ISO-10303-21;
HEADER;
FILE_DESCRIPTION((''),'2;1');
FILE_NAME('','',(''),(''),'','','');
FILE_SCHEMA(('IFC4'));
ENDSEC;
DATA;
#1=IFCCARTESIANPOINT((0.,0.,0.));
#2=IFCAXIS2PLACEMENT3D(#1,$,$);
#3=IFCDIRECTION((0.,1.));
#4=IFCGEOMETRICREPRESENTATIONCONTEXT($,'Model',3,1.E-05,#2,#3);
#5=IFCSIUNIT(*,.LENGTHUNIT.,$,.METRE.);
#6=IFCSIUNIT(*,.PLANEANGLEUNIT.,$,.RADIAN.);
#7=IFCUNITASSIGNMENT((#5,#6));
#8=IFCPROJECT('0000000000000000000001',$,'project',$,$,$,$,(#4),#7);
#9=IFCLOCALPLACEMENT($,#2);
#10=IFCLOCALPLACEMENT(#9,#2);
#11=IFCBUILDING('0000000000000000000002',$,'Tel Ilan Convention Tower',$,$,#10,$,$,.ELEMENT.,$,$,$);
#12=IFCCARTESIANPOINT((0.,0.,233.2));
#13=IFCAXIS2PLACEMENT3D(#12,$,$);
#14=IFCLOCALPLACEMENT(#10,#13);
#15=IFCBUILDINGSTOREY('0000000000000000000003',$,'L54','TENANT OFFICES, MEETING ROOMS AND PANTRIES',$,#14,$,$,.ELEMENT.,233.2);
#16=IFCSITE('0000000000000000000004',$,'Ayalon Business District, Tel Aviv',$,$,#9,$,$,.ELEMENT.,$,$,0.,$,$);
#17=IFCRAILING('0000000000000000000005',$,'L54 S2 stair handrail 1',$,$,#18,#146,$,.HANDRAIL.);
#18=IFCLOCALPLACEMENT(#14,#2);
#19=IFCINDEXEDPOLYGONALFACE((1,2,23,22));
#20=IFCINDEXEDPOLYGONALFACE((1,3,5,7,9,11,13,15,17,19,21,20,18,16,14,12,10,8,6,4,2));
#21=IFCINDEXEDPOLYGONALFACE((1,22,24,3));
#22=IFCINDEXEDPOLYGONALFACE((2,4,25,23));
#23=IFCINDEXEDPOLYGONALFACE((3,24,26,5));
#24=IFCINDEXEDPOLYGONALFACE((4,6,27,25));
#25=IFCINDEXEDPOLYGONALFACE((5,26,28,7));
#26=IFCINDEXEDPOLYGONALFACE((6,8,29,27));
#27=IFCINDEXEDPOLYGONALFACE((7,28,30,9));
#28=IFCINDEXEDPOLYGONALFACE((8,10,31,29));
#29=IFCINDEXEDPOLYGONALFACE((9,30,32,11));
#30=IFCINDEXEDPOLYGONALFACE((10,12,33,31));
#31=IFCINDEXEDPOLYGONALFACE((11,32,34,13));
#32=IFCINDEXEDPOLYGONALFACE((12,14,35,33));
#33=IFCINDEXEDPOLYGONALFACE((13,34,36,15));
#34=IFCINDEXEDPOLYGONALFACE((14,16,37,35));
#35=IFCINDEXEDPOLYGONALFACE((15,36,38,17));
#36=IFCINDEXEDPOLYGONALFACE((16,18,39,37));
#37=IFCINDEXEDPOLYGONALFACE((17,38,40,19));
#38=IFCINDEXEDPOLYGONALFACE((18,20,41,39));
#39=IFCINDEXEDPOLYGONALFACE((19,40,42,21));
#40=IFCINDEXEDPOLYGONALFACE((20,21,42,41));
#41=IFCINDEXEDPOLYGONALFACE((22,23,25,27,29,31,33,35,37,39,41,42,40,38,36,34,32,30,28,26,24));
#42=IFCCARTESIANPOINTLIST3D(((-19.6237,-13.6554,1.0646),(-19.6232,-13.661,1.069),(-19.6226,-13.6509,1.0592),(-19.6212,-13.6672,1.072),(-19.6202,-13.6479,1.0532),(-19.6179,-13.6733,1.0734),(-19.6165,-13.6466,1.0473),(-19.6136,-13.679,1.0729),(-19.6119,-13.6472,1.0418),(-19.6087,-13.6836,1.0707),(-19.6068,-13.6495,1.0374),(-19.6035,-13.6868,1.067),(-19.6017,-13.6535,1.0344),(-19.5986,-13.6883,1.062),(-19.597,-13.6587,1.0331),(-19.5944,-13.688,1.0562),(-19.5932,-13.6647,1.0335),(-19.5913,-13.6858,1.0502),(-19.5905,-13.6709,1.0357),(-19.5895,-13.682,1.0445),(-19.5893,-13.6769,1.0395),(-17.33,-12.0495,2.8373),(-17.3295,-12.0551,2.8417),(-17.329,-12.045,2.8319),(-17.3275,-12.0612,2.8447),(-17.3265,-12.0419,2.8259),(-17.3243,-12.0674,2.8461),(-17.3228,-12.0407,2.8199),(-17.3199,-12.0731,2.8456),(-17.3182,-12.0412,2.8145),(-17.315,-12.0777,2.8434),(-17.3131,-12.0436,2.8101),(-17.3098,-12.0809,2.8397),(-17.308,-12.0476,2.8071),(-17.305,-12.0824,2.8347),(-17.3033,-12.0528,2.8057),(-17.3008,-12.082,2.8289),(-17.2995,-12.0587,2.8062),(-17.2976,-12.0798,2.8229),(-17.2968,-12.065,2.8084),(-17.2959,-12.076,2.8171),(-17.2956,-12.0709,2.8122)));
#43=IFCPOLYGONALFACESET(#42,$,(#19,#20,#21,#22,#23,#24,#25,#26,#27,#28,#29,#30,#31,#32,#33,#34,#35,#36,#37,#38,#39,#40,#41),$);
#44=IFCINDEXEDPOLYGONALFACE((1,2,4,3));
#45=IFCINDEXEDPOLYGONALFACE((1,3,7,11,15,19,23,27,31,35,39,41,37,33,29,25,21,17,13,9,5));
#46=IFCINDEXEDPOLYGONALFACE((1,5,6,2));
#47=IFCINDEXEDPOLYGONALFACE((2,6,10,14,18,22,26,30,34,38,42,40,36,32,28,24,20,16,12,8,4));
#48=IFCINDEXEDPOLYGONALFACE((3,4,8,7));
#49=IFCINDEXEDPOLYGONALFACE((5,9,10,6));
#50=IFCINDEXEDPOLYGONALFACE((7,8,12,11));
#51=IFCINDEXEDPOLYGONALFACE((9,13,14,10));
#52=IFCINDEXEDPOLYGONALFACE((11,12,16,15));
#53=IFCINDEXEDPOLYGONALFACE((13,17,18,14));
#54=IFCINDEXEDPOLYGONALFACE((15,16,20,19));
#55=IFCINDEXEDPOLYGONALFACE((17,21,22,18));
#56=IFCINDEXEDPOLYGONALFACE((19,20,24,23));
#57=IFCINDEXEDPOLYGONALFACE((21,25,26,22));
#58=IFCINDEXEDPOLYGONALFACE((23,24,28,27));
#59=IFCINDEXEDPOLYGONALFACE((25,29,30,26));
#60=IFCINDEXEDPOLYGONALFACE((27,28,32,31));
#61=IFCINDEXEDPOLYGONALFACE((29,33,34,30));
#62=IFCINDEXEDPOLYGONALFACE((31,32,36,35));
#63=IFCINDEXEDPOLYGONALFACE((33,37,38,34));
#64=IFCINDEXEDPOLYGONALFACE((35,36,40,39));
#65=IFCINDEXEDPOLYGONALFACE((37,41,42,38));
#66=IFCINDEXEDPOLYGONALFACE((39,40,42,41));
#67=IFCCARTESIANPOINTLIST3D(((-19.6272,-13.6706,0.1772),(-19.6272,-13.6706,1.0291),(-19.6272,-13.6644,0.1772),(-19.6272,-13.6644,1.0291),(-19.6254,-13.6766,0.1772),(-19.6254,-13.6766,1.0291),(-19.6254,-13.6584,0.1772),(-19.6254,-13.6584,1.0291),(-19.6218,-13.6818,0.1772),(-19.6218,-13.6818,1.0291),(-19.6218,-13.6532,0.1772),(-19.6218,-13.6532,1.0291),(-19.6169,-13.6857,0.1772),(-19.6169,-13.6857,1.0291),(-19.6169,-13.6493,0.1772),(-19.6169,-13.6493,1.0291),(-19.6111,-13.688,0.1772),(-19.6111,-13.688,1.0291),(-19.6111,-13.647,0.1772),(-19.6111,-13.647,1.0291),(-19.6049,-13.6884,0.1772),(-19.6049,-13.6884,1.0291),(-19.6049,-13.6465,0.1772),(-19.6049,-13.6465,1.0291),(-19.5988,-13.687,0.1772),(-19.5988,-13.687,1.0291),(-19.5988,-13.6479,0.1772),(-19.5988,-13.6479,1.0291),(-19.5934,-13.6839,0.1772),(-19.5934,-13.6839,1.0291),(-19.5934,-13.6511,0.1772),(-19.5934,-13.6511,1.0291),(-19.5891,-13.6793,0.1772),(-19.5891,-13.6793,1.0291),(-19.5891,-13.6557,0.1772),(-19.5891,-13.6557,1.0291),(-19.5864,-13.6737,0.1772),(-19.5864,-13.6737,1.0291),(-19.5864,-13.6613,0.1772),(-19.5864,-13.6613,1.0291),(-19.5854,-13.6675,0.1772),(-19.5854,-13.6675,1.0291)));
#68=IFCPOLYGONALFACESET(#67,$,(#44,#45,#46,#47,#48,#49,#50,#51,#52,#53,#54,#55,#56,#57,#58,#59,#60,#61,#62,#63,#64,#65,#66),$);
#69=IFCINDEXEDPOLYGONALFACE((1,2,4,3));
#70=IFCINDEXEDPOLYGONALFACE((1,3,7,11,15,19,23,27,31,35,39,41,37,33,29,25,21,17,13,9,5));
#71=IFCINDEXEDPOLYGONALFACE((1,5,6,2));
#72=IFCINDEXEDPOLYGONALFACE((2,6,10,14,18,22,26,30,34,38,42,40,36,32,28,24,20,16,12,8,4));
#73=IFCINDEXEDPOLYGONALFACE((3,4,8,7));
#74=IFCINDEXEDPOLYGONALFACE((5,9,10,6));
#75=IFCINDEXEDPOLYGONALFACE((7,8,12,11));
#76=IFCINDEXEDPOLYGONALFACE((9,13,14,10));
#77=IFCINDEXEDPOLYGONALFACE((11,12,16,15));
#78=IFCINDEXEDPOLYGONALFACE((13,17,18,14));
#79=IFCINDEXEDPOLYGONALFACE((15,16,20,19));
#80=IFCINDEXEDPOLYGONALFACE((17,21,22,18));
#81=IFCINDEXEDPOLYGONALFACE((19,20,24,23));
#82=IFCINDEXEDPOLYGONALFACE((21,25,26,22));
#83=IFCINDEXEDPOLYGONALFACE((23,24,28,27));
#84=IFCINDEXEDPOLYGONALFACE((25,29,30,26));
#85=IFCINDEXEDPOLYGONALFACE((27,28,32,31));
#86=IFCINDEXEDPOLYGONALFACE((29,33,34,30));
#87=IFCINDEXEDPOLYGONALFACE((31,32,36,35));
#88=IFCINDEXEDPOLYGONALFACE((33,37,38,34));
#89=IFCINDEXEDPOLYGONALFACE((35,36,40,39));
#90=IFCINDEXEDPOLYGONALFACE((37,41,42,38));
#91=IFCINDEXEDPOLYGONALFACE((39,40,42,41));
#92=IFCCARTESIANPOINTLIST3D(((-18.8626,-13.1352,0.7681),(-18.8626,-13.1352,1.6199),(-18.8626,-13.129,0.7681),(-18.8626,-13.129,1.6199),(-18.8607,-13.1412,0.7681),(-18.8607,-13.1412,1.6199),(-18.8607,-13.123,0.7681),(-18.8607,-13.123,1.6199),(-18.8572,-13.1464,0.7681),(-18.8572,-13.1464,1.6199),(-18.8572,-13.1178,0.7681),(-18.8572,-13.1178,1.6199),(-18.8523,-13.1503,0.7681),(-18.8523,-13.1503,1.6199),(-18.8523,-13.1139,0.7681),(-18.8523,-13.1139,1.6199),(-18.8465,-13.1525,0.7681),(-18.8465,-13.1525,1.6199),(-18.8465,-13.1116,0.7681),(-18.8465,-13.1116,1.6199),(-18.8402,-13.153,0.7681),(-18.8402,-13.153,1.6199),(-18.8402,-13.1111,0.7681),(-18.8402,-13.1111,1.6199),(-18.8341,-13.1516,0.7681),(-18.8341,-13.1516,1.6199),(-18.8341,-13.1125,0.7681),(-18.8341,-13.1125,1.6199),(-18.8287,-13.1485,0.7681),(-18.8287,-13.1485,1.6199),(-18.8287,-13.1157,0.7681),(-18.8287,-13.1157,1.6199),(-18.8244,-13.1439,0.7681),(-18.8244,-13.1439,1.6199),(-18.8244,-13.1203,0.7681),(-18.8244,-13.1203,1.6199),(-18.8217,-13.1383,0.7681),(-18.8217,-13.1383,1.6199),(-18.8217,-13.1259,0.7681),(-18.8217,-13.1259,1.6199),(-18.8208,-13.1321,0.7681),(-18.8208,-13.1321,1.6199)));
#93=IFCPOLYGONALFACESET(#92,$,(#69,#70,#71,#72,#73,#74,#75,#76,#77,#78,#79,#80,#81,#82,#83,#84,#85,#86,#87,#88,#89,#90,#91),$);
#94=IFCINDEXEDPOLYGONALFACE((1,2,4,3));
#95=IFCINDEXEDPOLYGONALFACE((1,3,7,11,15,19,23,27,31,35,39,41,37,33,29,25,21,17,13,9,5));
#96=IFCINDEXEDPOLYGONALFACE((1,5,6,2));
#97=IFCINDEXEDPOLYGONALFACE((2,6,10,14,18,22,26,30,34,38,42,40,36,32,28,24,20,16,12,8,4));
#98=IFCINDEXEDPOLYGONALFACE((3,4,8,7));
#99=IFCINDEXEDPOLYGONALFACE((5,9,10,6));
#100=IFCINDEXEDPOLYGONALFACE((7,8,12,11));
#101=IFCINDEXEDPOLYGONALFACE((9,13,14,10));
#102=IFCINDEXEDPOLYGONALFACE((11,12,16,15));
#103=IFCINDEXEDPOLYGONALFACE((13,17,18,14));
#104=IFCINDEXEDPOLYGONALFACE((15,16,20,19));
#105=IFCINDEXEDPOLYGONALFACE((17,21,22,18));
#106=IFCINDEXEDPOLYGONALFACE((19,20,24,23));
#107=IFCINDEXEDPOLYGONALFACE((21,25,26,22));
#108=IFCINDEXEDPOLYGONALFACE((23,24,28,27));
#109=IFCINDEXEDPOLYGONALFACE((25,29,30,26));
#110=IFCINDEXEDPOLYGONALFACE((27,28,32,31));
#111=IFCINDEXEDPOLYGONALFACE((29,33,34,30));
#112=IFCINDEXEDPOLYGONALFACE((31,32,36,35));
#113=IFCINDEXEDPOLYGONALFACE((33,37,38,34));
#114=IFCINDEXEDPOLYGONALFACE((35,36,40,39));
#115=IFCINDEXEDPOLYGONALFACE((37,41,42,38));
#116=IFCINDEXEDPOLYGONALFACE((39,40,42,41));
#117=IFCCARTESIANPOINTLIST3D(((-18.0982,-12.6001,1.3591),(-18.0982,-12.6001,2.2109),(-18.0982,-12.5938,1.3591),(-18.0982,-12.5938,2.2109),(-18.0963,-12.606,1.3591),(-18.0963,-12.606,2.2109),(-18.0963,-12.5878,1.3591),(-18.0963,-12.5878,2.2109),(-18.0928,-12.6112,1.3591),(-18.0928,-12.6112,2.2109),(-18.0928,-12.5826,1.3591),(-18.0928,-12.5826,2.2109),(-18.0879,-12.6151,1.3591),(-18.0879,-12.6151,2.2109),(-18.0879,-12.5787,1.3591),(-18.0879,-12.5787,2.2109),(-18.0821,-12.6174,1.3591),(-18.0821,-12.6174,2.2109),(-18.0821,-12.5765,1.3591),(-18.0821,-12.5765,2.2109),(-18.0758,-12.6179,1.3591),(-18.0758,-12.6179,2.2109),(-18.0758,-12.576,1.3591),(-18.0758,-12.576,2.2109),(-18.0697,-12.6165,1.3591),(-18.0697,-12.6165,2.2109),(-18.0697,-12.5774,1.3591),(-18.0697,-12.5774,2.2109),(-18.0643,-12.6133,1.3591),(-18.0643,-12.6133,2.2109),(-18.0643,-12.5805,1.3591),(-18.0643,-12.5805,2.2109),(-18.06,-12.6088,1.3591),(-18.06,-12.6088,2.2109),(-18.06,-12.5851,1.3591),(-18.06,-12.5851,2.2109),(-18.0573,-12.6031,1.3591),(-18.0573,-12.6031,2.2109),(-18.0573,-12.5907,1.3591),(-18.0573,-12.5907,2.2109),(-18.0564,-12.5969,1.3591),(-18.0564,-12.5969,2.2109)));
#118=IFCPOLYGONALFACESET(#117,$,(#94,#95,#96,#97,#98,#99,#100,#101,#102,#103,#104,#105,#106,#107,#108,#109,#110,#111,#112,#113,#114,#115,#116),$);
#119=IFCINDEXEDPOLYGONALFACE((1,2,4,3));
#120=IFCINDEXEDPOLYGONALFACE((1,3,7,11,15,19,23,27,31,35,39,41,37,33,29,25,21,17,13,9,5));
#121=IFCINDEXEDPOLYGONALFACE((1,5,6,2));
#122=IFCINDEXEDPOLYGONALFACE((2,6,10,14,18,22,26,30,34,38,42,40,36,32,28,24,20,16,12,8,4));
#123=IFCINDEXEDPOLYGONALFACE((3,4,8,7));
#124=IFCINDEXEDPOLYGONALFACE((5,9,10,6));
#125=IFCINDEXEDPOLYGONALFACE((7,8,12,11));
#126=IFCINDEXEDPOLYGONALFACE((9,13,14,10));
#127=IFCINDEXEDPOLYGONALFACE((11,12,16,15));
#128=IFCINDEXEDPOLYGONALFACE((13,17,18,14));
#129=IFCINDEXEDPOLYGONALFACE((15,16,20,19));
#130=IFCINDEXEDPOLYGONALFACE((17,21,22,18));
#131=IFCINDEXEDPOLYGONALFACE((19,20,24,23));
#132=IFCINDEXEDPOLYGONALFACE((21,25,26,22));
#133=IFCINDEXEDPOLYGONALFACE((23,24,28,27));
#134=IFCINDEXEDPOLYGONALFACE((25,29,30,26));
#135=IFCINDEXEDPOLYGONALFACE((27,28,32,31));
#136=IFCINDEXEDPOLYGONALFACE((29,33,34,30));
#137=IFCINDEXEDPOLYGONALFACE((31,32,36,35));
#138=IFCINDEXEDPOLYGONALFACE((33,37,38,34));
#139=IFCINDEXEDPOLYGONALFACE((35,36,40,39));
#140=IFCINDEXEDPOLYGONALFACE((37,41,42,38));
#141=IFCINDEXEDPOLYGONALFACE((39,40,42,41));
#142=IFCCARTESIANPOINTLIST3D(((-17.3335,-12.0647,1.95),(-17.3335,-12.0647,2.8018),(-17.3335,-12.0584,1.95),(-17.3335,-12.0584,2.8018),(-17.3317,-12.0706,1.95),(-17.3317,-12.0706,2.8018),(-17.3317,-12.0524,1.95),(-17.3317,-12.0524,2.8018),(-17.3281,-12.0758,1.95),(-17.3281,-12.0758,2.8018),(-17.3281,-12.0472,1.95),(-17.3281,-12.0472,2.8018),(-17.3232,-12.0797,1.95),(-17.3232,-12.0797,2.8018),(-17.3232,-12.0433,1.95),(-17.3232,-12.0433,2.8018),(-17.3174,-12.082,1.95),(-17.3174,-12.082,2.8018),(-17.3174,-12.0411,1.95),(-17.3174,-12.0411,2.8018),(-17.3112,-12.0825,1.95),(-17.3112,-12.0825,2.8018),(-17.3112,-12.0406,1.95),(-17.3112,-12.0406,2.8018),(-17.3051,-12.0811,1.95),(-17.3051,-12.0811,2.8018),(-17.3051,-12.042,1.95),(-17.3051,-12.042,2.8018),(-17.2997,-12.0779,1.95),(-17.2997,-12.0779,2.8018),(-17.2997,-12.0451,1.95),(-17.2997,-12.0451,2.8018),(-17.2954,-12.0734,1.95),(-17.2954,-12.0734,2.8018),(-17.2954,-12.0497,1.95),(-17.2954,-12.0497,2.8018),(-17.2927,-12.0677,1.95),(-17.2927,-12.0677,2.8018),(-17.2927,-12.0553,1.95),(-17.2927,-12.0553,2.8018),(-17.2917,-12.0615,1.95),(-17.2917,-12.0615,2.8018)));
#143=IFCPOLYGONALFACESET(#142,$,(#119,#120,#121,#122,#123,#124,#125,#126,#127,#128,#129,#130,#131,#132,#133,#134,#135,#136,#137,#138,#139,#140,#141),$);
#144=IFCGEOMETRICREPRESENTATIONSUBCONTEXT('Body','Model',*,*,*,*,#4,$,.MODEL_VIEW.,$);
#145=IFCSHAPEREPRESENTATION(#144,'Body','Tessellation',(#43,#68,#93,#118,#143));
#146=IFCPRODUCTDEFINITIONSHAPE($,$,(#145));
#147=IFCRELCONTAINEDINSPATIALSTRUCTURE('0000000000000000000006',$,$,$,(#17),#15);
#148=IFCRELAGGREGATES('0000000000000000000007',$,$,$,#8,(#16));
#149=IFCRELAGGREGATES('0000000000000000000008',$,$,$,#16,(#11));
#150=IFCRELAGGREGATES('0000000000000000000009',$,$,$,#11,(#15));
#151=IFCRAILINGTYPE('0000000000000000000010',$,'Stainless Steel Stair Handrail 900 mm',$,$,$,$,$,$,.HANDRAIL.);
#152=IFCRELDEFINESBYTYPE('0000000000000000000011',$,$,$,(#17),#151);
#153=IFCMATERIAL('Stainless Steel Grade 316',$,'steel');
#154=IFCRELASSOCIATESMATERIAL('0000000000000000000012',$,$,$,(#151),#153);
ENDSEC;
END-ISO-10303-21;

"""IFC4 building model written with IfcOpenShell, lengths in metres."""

from ifc_helpers import new_model, si_unit, direction, frame, origin, origin_2d, place, context, subcontext, project, spatial, circle, extrude, material, type_object, element, save


model = new_model("IFC4")

# Units and contexts
model_context = context("Model", 3, precision=1e-05, world=origin(), true_north=direction((0.0, 1.0)))
body_context = subcontext(model_context, "Body", "Model", "MODEL_VIEW")
ifc_project = project(units=[si_unit("LENGTHUNIT", "METRE"), si_unit("PLANEANGLEUNIT", "RADIAN")], contexts=[model_context])

# Site, building, storey
site_placement = place(None, origin())
site = spatial("IfcSite", under=ifc_project, at=site_placement, Name="Ayalon Business District, Tel Aviv", CompositionType="ELEMENT", RefElevation=0.0)
building_placement = place(site_placement, origin())
building = spatial("IfcBuilding", under=site, at=building_placement, Name="Tel Ilan Convention Tower", CompositionType="ELEMENT")
storey_placement = place(building_placement, frame((0.0, 0.0, 233.2)))
storey = spatial("IfcBuildingStorey", under=building, at=storey_placement, Name="L54", Description="TENANT OFFICES, MEETING ROOMS AND PANTRIES", CompositionType="ELEMENT", Elevation=233.2)

# Railing
ifc_material_1 = material(Name="Stainless Steel Grade 316", Category="steel")
railing_type = type_object("IfcRailingType", Name="Stainless Steel Stair Handrail 900 mm", PredefinedType="HANDRAIL", material=ifc_material_1)
railing_placement = place(storey_placement, frame((-19.6064, -13.6675, 0.1772)))
element("IfcRailing", 1, at=railing_placement, inside=storey, type_object=railing_type, Name="L54 S2 stair handrail 1", PredefinedType="HANDRAIL", context=body_context, shape_type="SweptSolid", body=[
    extrude(circle(Radius=0.0239, at=origin_2d()), frame((0.0, 0.0, 0.876), z_axis=(0.692123, 0.484597, 0.534913), x_axis=(-0.57355, 0.81917, 0.0)), (0.0, 0.0, 1.0), 3.314),
    extrude(circle(Radius=0.021, at=origin_2d()), origin(), (0.0, 0.0, 1.0), 0.8518),
    extrude(circle(Radius=0.021, at=origin_2d()), frame((0.7646, 0.5354, 0.5908)), (0.0, 0.0, 1.0), 0.8518),
    extrude(circle(Radius=0.021, at=origin_2d()), frame((1.5291, 1.0706, 1.1819)), (0.0, 0.0, 1.0), 0.8518),
    extrude(circle(Radius=0.021, at=origin_2d()), frame((2.2937, 1.606, 1.7727)), (0.0, 0.0, 1.0), 0.8518),
])

save(model, "model.ifc")
